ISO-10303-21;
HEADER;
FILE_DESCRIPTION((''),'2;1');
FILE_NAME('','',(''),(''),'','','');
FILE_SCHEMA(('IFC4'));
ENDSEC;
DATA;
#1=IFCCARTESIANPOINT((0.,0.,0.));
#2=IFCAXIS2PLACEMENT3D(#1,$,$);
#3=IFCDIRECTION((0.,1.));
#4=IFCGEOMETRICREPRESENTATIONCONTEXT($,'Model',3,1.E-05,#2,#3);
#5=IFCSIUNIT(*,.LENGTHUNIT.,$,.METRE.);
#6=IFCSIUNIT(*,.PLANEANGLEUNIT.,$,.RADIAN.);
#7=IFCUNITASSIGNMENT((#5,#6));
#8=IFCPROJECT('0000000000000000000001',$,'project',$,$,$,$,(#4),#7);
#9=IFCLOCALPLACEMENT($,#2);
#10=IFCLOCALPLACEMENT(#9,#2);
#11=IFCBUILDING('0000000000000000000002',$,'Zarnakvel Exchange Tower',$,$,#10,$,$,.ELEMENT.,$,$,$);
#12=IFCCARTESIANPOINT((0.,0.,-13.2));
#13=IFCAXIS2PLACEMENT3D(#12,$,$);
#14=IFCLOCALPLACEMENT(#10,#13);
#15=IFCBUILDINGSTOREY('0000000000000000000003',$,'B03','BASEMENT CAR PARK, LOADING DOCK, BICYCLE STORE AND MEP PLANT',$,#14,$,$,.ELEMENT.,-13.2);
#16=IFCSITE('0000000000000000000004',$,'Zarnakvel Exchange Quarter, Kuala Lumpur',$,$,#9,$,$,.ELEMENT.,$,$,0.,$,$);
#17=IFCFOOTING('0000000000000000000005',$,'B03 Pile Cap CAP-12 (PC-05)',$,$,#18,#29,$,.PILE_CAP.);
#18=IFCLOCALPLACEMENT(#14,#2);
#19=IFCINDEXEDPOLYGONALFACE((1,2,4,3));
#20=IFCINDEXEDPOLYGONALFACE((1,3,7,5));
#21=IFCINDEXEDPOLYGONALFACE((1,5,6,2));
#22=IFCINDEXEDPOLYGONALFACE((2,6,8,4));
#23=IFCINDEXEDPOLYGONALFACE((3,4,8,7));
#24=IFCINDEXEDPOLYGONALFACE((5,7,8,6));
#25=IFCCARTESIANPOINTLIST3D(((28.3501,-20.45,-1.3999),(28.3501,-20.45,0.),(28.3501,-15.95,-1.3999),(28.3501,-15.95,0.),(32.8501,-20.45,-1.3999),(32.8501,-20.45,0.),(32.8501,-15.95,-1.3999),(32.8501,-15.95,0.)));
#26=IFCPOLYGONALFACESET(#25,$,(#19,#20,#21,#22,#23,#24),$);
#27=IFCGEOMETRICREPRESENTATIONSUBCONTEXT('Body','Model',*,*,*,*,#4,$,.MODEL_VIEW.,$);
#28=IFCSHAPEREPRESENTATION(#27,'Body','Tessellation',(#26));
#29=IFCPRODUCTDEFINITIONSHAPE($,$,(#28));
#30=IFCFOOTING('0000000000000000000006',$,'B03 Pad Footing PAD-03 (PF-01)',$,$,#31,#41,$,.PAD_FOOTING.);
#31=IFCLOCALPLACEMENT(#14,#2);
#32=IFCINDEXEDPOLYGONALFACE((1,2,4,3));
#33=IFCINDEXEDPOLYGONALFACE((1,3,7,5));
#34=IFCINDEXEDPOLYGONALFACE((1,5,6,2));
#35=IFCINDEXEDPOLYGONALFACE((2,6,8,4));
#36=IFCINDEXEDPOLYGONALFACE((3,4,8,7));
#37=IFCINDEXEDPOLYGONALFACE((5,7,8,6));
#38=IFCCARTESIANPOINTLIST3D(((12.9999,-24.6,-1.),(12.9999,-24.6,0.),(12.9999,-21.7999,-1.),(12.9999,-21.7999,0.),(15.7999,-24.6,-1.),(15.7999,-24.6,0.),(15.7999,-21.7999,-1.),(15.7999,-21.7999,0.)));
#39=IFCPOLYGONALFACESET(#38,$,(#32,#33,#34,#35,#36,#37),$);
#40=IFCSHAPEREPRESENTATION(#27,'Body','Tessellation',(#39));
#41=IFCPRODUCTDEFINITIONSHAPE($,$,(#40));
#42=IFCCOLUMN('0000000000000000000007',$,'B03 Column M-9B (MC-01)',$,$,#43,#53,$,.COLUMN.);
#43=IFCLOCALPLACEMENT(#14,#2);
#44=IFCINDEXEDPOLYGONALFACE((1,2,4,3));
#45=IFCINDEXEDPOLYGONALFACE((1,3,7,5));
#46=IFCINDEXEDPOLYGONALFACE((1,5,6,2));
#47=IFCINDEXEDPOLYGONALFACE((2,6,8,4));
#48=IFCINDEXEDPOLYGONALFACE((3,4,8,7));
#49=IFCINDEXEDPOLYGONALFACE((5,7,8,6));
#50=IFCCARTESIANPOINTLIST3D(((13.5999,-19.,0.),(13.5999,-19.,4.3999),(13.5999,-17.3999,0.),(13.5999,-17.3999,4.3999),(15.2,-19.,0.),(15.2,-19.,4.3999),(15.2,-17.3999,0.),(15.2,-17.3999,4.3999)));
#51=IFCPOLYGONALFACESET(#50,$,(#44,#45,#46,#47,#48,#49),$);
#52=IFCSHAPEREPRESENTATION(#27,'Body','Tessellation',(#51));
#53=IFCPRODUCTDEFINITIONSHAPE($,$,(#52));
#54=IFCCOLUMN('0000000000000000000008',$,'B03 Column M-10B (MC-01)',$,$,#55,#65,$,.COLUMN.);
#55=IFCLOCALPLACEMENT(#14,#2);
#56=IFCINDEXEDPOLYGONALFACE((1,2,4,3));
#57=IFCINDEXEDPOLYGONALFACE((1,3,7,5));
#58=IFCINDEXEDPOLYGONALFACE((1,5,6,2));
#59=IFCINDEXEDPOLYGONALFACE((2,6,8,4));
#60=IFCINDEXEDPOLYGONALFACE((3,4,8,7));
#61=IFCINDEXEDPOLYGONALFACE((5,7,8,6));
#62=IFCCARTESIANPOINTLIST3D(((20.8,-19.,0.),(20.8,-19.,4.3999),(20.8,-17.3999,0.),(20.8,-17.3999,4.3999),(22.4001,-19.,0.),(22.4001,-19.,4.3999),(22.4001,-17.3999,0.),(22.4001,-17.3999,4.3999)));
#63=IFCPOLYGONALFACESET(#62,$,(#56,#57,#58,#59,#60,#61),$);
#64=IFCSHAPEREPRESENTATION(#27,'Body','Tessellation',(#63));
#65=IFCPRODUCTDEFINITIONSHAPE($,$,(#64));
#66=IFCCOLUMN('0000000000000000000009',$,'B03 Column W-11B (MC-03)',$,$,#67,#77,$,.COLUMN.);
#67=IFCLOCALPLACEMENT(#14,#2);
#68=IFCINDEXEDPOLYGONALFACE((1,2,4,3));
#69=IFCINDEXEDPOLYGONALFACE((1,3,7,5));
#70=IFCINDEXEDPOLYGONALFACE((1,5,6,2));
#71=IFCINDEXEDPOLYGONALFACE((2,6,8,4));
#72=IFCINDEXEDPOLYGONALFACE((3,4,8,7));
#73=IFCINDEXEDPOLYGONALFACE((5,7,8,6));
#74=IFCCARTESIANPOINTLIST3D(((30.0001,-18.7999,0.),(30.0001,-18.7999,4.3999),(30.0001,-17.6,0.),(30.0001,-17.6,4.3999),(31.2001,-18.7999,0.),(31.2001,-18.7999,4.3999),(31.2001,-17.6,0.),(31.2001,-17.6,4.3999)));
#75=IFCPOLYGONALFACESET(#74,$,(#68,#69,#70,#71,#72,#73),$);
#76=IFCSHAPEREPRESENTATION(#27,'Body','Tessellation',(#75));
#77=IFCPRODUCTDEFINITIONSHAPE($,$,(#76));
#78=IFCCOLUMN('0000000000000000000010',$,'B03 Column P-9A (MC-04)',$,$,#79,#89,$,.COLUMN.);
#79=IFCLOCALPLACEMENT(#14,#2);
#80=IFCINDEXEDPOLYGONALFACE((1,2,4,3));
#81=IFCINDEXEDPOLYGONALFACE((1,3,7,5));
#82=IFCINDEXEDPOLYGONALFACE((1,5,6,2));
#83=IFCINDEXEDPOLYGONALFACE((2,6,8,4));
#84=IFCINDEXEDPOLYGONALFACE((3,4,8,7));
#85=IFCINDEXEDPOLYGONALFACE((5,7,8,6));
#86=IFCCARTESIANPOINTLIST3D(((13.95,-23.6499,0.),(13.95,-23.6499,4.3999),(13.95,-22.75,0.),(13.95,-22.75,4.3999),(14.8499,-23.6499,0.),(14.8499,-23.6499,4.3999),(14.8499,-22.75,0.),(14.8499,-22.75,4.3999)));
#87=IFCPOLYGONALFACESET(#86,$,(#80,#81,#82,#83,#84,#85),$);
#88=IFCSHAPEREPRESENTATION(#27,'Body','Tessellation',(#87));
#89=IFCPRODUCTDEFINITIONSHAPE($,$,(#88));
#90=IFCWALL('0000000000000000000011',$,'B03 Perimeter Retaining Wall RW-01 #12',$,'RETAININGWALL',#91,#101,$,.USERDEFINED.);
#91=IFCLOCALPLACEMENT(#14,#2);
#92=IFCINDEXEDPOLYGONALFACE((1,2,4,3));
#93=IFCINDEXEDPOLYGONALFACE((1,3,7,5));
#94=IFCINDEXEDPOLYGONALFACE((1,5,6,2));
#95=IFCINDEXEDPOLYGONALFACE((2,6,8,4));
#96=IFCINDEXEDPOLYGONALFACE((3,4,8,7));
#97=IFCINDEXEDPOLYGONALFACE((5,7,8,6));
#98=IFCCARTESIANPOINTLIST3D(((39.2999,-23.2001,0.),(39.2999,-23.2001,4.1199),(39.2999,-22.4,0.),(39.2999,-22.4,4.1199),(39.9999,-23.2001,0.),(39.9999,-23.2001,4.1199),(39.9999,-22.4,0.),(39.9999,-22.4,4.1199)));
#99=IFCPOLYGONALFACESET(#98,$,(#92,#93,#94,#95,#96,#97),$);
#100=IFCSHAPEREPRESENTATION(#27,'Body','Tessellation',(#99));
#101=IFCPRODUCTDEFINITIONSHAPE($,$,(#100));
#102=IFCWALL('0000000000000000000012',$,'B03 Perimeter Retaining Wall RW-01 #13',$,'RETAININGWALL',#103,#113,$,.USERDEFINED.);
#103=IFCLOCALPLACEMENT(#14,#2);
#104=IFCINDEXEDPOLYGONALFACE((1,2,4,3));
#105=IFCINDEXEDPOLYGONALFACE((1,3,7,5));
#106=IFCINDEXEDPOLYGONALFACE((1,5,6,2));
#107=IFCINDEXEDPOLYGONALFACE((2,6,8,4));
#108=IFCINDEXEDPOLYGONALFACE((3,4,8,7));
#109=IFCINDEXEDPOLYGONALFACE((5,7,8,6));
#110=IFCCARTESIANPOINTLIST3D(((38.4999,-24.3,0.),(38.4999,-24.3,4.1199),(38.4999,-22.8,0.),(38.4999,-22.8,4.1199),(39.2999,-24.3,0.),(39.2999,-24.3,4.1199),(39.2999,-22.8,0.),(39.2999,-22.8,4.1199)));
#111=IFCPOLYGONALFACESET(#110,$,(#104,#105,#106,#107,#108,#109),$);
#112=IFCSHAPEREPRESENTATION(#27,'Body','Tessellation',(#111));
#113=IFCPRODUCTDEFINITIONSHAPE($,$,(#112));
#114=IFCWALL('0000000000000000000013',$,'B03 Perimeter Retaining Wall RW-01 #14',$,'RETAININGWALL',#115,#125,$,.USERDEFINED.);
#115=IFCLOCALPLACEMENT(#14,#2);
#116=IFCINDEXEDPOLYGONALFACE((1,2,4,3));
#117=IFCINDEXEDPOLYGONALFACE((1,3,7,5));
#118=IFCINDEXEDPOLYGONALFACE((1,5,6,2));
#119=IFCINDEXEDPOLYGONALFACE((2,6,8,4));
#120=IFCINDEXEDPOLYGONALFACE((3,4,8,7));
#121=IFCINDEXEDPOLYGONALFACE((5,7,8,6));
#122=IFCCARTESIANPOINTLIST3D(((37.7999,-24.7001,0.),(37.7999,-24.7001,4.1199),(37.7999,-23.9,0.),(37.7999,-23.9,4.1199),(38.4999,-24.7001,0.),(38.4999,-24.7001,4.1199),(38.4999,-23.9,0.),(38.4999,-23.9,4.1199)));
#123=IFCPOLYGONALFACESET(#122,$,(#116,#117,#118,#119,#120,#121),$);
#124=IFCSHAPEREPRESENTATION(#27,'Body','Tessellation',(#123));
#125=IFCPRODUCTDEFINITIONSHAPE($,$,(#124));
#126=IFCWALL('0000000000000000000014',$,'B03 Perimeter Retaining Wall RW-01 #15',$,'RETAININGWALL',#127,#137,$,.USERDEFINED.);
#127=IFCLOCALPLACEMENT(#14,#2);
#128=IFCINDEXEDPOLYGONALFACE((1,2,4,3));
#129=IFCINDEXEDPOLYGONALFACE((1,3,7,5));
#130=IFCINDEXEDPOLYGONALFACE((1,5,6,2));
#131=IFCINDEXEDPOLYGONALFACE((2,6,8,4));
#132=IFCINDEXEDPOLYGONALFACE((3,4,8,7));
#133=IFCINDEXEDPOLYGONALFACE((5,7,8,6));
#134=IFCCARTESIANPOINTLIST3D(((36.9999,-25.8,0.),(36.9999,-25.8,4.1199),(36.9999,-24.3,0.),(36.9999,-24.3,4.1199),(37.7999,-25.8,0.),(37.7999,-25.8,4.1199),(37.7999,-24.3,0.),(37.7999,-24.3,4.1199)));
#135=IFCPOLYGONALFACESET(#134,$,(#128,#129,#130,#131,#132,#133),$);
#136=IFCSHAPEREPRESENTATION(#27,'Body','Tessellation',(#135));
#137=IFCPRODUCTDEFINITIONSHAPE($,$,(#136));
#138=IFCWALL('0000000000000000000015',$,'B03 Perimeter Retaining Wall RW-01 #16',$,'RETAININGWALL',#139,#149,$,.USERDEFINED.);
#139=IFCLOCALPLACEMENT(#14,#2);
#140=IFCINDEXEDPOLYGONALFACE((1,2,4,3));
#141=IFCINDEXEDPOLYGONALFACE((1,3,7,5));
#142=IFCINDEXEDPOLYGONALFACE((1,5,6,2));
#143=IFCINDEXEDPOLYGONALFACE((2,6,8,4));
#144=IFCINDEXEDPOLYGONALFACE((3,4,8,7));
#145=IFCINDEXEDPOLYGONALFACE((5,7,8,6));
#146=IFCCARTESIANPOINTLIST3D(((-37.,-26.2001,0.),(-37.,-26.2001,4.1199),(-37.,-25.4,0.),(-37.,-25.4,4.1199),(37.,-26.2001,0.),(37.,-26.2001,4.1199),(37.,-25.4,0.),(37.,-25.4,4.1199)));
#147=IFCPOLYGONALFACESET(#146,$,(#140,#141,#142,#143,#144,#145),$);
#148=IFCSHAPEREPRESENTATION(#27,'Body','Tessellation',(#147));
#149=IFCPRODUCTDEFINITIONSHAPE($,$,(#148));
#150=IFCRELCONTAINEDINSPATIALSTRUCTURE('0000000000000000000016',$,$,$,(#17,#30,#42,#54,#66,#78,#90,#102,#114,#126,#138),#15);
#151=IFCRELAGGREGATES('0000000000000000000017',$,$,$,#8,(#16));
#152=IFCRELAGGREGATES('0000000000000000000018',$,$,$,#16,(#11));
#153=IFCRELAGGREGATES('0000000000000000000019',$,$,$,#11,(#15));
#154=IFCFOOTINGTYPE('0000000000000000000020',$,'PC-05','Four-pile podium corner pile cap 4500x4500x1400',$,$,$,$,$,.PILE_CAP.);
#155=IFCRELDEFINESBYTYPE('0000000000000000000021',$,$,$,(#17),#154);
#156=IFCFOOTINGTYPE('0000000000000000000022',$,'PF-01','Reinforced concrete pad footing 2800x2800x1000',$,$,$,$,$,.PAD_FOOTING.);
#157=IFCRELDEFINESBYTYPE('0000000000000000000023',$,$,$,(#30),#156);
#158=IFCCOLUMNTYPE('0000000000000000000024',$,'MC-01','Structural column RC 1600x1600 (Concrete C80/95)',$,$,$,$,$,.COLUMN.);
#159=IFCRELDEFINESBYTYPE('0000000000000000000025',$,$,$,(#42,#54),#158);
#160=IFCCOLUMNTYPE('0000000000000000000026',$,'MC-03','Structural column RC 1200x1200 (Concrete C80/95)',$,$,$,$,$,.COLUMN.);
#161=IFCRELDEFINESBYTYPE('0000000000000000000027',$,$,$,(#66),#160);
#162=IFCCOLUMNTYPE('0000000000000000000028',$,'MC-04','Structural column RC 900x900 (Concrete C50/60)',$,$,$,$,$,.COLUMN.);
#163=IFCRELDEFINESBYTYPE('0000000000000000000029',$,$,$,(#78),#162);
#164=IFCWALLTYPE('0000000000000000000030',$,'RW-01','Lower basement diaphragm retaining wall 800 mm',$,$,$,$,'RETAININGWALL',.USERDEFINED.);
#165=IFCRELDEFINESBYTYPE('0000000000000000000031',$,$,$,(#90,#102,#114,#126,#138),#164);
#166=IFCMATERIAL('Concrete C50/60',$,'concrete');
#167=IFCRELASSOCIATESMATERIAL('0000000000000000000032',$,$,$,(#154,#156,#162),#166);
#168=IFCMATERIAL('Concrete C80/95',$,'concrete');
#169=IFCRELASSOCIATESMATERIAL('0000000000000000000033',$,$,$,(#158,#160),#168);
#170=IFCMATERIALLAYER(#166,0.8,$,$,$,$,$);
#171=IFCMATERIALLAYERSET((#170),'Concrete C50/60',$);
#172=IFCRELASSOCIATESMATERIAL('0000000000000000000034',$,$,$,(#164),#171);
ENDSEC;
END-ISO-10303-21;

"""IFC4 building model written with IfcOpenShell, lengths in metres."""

from ifc_helpers import new_model, si_unit, direction, frame, frame_2d, origin, origin_2d, place, context, subcontext, project, spatial, rectangle, extrude, source, transform, mapped, material, layer, layer_set, material_profile, profile_set, type_object, element, save


model = new_model("IFC4")

# Units and contexts
model_context = context("Model", 3, precision=1e-05, world=origin(), true_north=direction((0.0, 1.0)))
body_context = subcontext(model_context, "Body", "Model", "MODEL_VIEW")
ifc_project = project(units=[si_unit("LENGTHUNIT", "METRE"), si_unit("PLANEANGLEUNIT", "RADIAN")], contexts=[model_context])

# Site, building, storey
site_placement = place(None, origin())
site = spatial("IfcSite", under=ifc_project, at=site_placement, Name="Zarnakvel Exchange Quarter, Kuala Lumpur", CompositionType="ELEMENT", RefElevation=0.0)
building_placement = place(site_placement, origin())
building = spatial("IfcBuilding", under=site, at=building_placement, Name="Zarnakvel Exchange Tower", CompositionType="ELEMENT")
storey_placement = place(building_placement, frame((0.0, 0.0, -13.2)))
storey = spatial("IfcBuildingStorey", under=building, at=storey_placement, Name="B03", Description="BASEMENT CAR PARK, LOADING DOCK, BICYCLE STORE AND MEP PLANT", CompositionType="ELEMENT", Elevation=-13.2)

# Shared definitions
ifc_material_1 = material(Name="Concrete C50/60", Category="concrete")

# Footings
footing_type_1 = type_object("IfcFootingType", Name="PC-05", Description="Four-pile podium corner pile cap 4500x4500x1400", PredefinedType="PILE_CAP", material=ifc_material_1)
shared_shape_1 = source(origin(), body_context, "Body", "SweptSolid", [
    extrude(rectangle(XDim=4.5, YDim=4.5, at=origin_2d()), origin(), (0.0, 0.0, 1.0), 1.3999),
])
footing_1_placement = place(storey_placement, frame((30.6001, -18.2, -1.3999), z_axis=(0.0, 0.0, 1.0), x_axis=(1.0, 0.0, 0.0)))
element("IfcFooting", 1, at=footing_1_placement, inside=storey, type_object=footing_type_1, Name="B03 Pile Cap CAP-12 (PC-05)", PredefinedType="PILE_CAP", context=body_context, shape_type="MappedRepresentation", body=[
    mapped(shared_shape_1, transform((0.0, 0.0, 0.0), x_axis=(1.0, 0.0, 0.0), y_axis=(0.0, 1.0, 0.0), z_axis=(0.0, 0.0, 1.0), scale=1.0)),
])
footing_type_2 = type_object("IfcFootingType", Name="PF-01", Description="Reinforced concrete pad footing 2800x2800x1000", PredefinedType="PAD_FOOTING", material=ifc_material_1)
shared_shape_2 = source(origin(), body_context, "Body", "SweptSolid", [
    extrude(rectangle(XDim=2.8, YDim=2.8, at=origin_2d()), origin(), (0.0, 0.0, 1.0), 1.0),
])
footing_2_placement = place(storey_placement, frame((14.3999, -23.2, -1.0), z_axis=(0.0, 0.0, 1.0), x_axis=(1.0, 0.0, 0.0)))
element("IfcFooting", 2, at=footing_2_placement, inside=storey, type_object=footing_type_2, Name="B03 Pad Footing PAD-03 (PF-01)", PredefinedType="PAD_FOOTING", context=body_context, shape_type="MappedRepresentation", body=[
    mapped(shared_shape_2, transform((0.0, 0.0, 0.0), x_axis=(1.0, 0.0, 0.0), y_axis=(0.0, 1.0, 0.0), z_axis=(0.0, 0.0, 1.0), scale=1.0)),
])

# Columns
ifc_material_2 = material(Name="Concrete C80/95", Category="concrete")
ifc_material_profile_1 = material_profile(ifc_material_2, rectangle(XDim=1.6001, YDim=1.6001, at=origin_2d()))
ifc_profile_set_1 = profile_set([ifc_material_profile_1], Name="Concrete C80/95")
column_type_1 = type_object("IfcColumnType", Name="MC-01", Description="Structural column RC 1600x1600 (Concrete C80/95)", PredefinedType="COLUMN", material=ifc_profile_set_1)
for number, where, z_axis, x_axis, name in (
    (3, (14.3999, -18.2, 0.0), (0.0, 0.0, 1.0), (1.0, 0.0, 0.0), "B03 Column M-9B (MC-01)"),
    (4, (21.6001, -18.2, 0.0), (0.0, 0.0, 1.0), (1.0, 0.0, 0.0), "B03 Column M-10B (MC-01)"),
):
    element("IfcColumn", number, at=place(storey_placement, frame(where, z_axis=z_axis, x_axis=x_axis)), inside=storey, type_object=column_type_1, Name=name, PredefinedType="COLUMN", context=body_context, shape_type="SweptSolid", body=[
        extrude(rectangle(XDim=1.6001, YDim=1.6001, at=origin_2d()), origin(), (0.0, 0.0, 1.0), 4.3999),
    ])
ifc_material_profile_2 = material_profile(ifc_material_2, rectangle(XDim=1.2, YDim=1.2, at=origin_2d()))
ifc_profile_set_2 = profile_set([ifc_material_profile_2], Name="Concrete C80/95")
column_type_2 = type_object("IfcColumnType", Name="MC-03", Description="Structural column RC 1200x1200 (Concrete C80/95)", PredefinedType="COLUMN", material=ifc_profile_set_2)
column_1_placement = place(storey_placement, frame((30.6001, -18.2, 0.0), z_axis=(0.0, 0.0, 1.0), x_axis=(1.0, 0.0, 0.0)))
element("IfcColumn", 5, at=column_1_placement, inside=storey, type_object=column_type_2, Name="B03 Column W-11B (MC-03)", PredefinedType="COLUMN", context=body_context, shape_type="SweptSolid", body=[
    extrude(rectangle(XDim=1.2, YDim=1.2, at=origin_2d()), origin(), (0.0, 0.0, 1.0), 4.3999),
])
ifc_material_profile_3 = material_profile(ifc_material_1, rectangle(XDim=0.8999, YDim=0.8999, at=origin_2d()))
ifc_profile_set_3 = profile_set([ifc_material_profile_3], Name="Concrete C50/60")
column_type_3 = type_object("IfcColumnType", Name="MC-04", Description="Structural column RC 900x900 (Concrete C50/60)", PredefinedType="COLUMN", material=ifc_profile_set_3)
column_2_placement = place(storey_placement, frame((14.3999, -23.2, 0.0), z_axis=(0.0, 0.0, 1.0), x_axis=(1.0, 0.0, 0.0)))
element("IfcColumn", 6, at=column_2_placement, inside=storey, type_object=column_type_3, Name="B03 Column P-9A (MC-04)", PredefinedType="COLUMN", context=body_context, shape_type="SweptSolid", body=[
    extrude(rectangle(XDim=0.8999, YDim=0.8999, at=origin_2d()), origin(), (0.0, 0.0, 1.0), 4.3999),
])

# Walls
ifc_layer = layer(ifc_material_1, 0.8)
ifc_layer_set = layer_set([ifc_layer], Name="Concrete C50/60")
wall_type = type_object("IfcWallType", Name="RW-01", Description="Lower basement diaphragm retaining wall 800 mm", ElementType="RETAININGWALL", PredefinedType="USERDEFINED", material=ifc_layer_set)
wall_1_placement = place(storey_placement, frame((40.0, -22.8, 0.0), z_axis=(0.0, 0.0, 1.0), x_axis=(-1.0, 0.0, 0.0)))
element("IfcWall", 7, at=wall_1_placement, inside=storey, type_object=wall_type, Name="B03 Perimeter Retaining Wall RW-01 #12", ObjectType="RETAININGWALL", PredefinedType="USERDEFINED", context=body_context, shape_type="SweptSolid", body=[
    extrude(rectangle(XDim=0.7, YDim=0.8, at=frame_2d((0.3501, 0.0))), origin(), (0.0, 0.0, 1.0), 4.1199),
])
wall_2_placement = place(storey_placement, frame((38.8999, -22.8, 0.0), z_axis=(0.0, 0.0, 1.0), x_axis=(0.0, -1.0, 0.0)))
element("IfcWall", 8, at=wall_2_placement, inside=storey, type_object=wall_type, Name="B03 Perimeter Retaining Wall RW-01 #13", ObjectType="RETAININGWALL", PredefinedType="USERDEFINED", context=body_context, shape_type="SweptSolid", body=[
    extrude(rectangle(XDim=1.5, YDim=0.8, at=frame_2d((0.75, 0.0))), origin(), (0.0, 0.0, 1.0), 4.1199),
])
wall_3_placement = place(storey_placement, frame((38.5, -24.3, 0.0), z_axis=(0.0, 0.0, 1.0), x_axis=(-1.0, 0.0, 0.0)))
element("IfcWall", 9, at=wall_3_placement, inside=storey, type_object=wall_type, Name="B03 Perimeter Retaining Wall RW-01 #14", ObjectType="RETAININGWALL", PredefinedType="USERDEFINED", context=body_context, shape_type="SweptSolid", body=[
    extrude(rectangle(XDim=0.7, YDim=0.8, at=frame_2d((0.3501, 0.0))), origin(), (0.0, 0.0, 1.0), 4.1199),
])
wall_4_placement = place(storey_placement, frame((37.3999, -24.3, 0.0), z_axis=(0.0, 0.0, 1.0), x_axis=(0.0, -1.0, 0.0)))
element("IfcWall", 10, at=wall_4_placement, inside=storey, type_object=wall_type, Name="B03 Perimeter Retaining Wall RW-01 #15", ObjectType="RETAININGWALL", PredefinedType="USERDEFINED", context=body_context, shape_type="SweptSolid", body=[
    extrude(rectangle(XDim=1.5, YDim=0.8, at=frame_2d((0.75, 0.0))), origin(), (0.0, 0.0, 1.0), 4.1199),
])
wall_5_placement = place(storey_placement, frame((37.0, -25.8, 0.0), z_axis=(0.0, 0.0, 1.0), x_axis=(-1.0, 0.0, 0.0)))
element("IfcWall", 11, at=wall_5_placement, inside=storey, type_object=wall_type, Name="B03 Perimeter Retaining Wall RW-01 #16", ObjectType="RETAININGWALL", PredefinedType="USERDEFINED", context=body_context, shape_type="SweptSolid", body=[
    extrude(rectangle(XDim=74.0, YDim=0.8, at=frame_2d((37.0, 0.0))), origin(), (0.0, 0.0, 1.0), 4.1199),
])

save(model, "model.ifc")
